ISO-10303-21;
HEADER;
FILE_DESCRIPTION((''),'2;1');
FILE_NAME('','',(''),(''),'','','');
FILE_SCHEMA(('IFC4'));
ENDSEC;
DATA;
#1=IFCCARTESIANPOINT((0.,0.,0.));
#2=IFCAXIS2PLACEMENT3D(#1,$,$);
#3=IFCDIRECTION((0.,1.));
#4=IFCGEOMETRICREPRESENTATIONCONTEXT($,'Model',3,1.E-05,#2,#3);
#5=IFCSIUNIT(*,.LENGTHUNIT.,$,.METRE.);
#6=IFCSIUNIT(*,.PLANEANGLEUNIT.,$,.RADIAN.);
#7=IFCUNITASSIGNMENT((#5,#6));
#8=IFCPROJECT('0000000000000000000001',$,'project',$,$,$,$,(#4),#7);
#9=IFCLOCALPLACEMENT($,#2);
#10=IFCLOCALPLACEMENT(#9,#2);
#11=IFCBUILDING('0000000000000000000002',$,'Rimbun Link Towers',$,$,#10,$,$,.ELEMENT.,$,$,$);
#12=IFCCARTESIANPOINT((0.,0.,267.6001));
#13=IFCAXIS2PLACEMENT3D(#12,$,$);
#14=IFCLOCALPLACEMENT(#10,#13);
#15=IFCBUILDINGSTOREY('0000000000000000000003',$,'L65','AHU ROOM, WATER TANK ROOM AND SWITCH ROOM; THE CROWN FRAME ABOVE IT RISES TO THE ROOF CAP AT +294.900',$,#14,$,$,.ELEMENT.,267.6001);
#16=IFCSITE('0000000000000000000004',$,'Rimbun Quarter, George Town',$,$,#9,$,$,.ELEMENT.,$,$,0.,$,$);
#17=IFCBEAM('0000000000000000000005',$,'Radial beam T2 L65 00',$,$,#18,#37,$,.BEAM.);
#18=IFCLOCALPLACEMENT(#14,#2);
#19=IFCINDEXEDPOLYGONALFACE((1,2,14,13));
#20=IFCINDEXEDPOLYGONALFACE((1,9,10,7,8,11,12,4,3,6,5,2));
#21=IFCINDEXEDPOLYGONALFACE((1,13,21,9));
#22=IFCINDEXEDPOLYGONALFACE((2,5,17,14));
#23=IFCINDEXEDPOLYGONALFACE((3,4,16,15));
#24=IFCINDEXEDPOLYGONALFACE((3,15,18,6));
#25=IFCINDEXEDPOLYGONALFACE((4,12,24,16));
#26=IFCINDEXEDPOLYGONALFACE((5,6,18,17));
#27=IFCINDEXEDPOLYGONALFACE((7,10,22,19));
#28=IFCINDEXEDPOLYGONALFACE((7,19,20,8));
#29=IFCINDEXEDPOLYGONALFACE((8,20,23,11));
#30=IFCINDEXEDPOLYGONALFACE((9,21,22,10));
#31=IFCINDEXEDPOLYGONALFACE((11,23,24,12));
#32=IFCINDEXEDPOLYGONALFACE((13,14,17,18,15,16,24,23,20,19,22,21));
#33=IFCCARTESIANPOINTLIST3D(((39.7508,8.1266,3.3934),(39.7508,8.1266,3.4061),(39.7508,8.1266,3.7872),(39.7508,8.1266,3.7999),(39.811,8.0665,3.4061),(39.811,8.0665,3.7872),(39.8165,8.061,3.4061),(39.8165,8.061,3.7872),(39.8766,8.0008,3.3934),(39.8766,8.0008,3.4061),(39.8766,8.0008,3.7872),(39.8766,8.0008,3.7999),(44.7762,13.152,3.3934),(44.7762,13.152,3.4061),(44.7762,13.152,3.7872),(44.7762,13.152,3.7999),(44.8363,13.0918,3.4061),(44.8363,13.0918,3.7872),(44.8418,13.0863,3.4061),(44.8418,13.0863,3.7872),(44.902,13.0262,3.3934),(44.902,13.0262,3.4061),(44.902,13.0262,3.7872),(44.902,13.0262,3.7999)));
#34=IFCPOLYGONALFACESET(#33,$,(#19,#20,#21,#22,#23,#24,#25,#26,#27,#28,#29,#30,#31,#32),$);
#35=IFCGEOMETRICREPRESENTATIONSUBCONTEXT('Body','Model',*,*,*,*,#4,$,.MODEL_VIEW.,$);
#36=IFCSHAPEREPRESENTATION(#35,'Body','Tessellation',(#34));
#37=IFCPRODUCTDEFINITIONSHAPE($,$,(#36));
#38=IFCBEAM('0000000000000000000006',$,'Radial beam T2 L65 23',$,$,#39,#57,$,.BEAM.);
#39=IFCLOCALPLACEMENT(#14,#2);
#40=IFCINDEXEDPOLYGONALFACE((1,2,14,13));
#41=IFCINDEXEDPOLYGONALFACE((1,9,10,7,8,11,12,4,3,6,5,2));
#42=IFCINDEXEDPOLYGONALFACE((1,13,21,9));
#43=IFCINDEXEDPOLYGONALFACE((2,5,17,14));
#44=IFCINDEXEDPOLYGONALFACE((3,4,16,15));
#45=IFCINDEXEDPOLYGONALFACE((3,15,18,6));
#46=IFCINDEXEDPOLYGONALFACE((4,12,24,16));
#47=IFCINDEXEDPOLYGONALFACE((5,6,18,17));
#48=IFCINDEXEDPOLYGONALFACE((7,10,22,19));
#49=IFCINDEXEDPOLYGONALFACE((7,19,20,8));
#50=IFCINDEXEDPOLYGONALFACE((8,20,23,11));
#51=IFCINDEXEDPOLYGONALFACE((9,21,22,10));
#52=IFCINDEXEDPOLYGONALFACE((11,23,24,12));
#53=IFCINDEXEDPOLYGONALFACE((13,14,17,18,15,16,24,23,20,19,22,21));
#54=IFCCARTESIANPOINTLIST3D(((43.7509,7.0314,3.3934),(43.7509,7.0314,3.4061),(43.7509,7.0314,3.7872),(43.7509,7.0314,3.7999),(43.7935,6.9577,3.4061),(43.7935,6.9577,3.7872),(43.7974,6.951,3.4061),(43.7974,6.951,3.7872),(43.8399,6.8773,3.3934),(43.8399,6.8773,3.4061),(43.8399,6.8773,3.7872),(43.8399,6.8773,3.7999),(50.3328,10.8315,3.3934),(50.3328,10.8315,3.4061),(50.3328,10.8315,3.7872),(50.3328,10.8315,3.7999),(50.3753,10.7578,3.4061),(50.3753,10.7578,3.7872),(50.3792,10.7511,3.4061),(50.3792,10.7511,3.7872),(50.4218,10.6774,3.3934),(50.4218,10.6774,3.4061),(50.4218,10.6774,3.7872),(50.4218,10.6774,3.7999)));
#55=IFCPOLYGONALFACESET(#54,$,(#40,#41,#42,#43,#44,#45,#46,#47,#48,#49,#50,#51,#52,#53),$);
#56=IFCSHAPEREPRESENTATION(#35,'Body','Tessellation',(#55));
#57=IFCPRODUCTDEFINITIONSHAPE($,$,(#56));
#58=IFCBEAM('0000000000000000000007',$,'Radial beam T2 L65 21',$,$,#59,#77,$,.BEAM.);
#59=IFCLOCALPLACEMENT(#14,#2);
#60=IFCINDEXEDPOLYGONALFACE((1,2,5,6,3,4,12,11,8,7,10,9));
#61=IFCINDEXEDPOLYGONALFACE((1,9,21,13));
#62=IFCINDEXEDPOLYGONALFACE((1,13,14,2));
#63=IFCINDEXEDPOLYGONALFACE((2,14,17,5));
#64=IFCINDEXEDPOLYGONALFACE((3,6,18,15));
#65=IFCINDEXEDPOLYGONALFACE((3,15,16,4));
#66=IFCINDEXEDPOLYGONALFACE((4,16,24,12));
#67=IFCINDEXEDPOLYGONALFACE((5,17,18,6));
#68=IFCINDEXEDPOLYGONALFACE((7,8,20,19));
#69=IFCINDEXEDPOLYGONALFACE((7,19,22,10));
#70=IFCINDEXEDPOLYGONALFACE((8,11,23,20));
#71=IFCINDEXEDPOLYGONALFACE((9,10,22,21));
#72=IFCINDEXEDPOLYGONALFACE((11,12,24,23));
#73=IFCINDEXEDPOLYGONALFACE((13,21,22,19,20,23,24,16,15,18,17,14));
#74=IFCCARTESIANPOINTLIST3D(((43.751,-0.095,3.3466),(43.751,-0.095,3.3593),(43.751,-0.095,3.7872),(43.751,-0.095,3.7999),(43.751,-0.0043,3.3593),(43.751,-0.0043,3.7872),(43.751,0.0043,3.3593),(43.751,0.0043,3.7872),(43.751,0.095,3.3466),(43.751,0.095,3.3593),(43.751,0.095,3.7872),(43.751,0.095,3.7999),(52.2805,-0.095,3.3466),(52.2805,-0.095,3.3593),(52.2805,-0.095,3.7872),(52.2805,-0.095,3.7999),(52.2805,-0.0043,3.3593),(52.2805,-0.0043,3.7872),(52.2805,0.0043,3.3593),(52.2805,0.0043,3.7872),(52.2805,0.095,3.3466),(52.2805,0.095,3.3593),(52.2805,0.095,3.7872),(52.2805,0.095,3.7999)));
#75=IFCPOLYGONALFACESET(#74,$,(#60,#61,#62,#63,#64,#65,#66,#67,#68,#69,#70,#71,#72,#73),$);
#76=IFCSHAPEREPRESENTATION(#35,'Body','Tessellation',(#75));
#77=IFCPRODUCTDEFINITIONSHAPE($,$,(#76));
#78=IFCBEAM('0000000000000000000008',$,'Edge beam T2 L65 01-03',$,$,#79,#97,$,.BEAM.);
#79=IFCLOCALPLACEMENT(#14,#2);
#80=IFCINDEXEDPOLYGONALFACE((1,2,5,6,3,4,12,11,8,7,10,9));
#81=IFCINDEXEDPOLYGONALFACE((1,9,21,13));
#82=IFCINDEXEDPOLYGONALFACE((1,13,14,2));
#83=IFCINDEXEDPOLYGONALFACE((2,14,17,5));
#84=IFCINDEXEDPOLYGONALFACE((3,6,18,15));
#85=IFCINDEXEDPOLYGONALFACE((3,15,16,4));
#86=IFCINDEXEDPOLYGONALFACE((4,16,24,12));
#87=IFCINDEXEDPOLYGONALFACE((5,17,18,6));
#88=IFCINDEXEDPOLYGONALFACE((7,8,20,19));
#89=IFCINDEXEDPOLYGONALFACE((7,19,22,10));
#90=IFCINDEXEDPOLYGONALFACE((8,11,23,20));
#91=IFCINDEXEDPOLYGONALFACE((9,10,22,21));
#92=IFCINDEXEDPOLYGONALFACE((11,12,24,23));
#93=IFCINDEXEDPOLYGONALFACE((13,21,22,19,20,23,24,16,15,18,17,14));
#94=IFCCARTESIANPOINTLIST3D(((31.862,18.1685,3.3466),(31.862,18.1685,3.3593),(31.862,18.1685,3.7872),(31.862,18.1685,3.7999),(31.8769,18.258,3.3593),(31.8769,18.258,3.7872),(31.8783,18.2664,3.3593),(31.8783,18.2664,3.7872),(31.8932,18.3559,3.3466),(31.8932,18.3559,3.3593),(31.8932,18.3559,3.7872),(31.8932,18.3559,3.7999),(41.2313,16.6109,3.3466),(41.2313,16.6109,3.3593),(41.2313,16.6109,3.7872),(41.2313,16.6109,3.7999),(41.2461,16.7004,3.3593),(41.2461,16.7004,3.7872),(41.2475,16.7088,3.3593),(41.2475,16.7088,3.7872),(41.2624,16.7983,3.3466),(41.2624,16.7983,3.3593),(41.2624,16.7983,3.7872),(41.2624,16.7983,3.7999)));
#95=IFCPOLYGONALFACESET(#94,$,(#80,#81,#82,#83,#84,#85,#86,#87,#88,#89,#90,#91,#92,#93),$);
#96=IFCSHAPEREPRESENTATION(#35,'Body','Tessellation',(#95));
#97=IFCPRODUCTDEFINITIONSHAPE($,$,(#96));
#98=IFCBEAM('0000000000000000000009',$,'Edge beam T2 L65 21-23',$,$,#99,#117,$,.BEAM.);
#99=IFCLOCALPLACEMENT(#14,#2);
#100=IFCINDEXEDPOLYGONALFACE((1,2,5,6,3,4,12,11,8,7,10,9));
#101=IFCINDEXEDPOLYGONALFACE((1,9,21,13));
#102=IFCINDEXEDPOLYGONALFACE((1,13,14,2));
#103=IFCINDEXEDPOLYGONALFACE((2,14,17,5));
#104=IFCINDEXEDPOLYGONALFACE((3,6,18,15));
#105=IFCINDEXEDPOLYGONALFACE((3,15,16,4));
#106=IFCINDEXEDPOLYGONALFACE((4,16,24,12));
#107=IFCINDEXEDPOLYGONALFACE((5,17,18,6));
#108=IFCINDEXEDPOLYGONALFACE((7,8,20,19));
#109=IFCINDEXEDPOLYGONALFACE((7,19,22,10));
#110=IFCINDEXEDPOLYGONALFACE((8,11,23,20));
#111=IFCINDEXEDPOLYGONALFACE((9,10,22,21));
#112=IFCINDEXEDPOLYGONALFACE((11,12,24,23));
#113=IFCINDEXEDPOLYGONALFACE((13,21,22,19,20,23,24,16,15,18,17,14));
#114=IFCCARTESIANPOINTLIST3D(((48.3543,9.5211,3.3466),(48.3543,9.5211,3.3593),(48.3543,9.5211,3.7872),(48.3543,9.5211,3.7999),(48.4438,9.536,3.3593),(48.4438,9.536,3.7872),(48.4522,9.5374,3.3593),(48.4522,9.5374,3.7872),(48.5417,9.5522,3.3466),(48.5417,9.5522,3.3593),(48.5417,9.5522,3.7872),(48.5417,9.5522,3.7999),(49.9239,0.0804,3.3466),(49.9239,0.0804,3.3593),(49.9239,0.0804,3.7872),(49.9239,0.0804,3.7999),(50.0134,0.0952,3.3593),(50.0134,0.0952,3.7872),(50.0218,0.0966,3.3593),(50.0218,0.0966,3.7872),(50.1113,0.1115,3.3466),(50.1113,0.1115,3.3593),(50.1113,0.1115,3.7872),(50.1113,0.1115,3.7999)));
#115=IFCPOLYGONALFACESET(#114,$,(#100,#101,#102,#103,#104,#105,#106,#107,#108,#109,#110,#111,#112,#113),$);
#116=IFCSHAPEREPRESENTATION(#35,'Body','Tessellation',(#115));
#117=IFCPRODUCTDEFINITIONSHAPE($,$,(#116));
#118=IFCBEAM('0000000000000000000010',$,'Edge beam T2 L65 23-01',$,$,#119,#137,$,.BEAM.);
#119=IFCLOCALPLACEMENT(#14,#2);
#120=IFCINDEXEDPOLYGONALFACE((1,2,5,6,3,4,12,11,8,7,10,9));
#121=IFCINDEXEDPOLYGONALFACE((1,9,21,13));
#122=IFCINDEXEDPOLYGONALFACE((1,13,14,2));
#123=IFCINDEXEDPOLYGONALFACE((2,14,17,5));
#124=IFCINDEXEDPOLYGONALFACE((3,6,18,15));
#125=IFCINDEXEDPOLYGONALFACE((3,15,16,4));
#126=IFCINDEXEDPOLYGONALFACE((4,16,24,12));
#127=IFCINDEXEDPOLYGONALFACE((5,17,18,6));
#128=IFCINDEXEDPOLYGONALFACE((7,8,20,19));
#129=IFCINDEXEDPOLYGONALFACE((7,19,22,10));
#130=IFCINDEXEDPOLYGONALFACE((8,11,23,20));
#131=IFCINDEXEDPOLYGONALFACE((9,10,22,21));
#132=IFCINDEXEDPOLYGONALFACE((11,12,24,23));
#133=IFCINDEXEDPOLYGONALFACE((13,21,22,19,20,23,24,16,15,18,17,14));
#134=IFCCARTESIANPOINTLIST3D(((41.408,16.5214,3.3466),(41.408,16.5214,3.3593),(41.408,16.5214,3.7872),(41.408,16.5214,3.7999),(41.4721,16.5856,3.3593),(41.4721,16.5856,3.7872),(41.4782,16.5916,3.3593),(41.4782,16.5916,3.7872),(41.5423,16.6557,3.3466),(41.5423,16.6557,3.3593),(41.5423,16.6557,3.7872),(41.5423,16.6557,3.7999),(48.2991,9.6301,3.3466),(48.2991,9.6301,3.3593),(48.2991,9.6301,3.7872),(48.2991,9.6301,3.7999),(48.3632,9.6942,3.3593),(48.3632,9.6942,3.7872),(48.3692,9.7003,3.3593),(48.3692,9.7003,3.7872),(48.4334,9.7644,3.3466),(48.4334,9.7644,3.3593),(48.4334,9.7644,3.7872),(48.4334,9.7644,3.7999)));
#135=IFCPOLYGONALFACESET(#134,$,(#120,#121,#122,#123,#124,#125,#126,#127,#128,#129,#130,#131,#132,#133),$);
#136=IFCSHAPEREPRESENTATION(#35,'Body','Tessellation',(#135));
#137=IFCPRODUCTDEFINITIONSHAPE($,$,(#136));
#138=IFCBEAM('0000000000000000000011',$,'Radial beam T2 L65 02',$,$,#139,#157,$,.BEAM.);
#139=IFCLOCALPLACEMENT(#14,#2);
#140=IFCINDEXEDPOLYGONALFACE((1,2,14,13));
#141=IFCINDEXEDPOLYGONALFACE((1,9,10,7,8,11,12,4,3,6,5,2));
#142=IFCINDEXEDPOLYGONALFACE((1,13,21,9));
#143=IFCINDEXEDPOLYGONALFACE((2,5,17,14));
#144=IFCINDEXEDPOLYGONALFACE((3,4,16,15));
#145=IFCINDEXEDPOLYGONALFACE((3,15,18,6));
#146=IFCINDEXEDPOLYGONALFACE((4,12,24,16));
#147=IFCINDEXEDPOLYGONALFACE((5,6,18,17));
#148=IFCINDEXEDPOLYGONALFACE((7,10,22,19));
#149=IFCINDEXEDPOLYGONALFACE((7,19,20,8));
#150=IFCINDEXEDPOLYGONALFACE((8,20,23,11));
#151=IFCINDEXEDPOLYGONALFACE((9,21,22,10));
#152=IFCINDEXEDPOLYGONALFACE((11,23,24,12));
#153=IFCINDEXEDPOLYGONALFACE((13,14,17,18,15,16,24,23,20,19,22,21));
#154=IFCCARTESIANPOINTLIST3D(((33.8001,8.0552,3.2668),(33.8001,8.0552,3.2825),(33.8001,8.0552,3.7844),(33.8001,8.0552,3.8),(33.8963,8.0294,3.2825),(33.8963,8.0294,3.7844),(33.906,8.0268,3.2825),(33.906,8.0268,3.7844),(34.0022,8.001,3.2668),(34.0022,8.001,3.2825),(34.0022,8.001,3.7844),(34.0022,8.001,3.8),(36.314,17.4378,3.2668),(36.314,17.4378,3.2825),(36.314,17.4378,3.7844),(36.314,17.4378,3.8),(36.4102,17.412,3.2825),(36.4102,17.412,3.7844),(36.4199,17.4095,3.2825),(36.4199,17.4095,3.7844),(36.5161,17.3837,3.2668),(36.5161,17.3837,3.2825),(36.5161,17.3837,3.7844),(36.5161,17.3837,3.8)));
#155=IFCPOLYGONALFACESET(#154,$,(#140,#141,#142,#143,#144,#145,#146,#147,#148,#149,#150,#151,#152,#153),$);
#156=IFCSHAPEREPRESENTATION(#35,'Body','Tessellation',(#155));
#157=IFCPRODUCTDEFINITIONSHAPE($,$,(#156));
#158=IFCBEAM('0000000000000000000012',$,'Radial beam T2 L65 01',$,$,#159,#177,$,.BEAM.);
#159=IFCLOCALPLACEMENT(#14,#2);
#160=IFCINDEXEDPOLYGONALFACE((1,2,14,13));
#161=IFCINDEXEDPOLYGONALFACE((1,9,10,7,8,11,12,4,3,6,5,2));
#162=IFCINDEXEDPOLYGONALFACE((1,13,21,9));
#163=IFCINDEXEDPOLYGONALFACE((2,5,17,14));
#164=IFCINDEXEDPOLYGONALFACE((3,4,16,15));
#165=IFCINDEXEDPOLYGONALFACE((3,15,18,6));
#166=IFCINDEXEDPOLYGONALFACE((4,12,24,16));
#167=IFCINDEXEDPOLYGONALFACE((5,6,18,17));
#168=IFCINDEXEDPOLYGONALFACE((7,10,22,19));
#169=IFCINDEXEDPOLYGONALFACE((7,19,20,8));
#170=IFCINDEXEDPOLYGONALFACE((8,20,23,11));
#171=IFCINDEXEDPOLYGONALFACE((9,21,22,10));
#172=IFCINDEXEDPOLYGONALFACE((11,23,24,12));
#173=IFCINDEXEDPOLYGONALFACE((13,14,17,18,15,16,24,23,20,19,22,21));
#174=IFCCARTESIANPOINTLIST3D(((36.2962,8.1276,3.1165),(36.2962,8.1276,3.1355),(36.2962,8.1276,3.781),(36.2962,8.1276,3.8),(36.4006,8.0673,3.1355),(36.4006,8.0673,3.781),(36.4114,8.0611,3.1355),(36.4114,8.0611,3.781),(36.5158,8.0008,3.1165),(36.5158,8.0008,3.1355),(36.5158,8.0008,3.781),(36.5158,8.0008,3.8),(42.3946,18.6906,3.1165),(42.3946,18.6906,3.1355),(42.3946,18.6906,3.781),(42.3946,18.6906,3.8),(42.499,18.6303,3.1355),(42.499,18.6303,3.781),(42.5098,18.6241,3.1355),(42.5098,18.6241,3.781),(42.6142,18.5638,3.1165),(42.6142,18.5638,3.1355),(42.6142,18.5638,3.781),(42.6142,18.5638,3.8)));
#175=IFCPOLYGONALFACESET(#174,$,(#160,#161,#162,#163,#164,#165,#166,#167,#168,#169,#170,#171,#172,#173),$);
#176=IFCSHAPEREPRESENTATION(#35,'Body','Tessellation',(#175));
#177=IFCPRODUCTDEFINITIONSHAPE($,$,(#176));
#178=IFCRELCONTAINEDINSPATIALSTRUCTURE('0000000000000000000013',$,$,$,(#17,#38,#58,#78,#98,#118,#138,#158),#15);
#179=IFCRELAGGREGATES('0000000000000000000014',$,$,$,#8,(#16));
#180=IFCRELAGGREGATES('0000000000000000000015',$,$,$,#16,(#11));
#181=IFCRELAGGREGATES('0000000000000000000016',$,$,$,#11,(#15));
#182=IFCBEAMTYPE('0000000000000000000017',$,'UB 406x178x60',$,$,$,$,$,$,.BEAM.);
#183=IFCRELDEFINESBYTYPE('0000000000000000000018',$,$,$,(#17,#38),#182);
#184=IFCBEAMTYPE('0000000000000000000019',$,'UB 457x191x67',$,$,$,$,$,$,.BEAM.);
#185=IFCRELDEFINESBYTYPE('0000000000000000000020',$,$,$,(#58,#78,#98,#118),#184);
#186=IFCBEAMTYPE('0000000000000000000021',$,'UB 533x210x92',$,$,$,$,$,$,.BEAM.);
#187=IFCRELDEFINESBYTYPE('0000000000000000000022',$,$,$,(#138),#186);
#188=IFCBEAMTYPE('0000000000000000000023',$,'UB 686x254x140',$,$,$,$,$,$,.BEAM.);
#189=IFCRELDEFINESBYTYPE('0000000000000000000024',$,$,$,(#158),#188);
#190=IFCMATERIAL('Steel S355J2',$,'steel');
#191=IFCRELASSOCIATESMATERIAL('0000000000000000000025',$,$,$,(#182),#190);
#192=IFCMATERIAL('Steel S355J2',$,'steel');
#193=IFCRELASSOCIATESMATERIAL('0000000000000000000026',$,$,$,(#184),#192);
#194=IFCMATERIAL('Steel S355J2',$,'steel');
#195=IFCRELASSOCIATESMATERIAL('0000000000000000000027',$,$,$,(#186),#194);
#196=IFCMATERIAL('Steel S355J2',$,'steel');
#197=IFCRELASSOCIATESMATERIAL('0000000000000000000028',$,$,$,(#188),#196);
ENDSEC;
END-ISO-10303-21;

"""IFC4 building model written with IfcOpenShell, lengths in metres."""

from ifc_helpers import new_model, si_unit, direction, frame, origin, origin_2d, place, context, subcontext, project, spatial, i_section, extrude, material, material_profile, profile_set, type_object, element, save


model = new_model("IFC4")

# Units and contexts
model_context = context("Model", 3, precision=1e-05, world=origin(), true_north=direction((0.0, 1.0)))
body_context = subcontext(model_context, "Body", "Model", "MODEL_VIEW")
ifc_project = project(units=[si_unit("LENGTHUNIT", "METRE"), si_unit("PLANEANGLEUNIT", "RADIAN")], contexts=[model_context])

# Site, building, storey
site_placement = place(None, origin())
site = spatial("IfcSite", under=ifc_project, at=site_placement, Name="Rimbun Quarter, George Town", CompositionType="ELEMENT", RefElevation=0.0)
building_placement = place(site_placement, origin())
building = spatial("IfcBuilding", under=site, at=building_placement, Name="Rimbun Link Towers", CompositionType="ELEMENT")
storey_placement = place(building_placement, frame((0.0, 0.0, 267.6001)))
storey = spatial("IfcBuildingStorey", under=building, at=storey_placement, Name="L65", Description="AHU ROOM, WATER TANK ROOM AND SWITCH ROOM; THE CROWN FRAME ABOVE IT RISES TO THE ROOF CAP AT +294.900", CompositionType="ELEMENT", Elevation=267.6001)

# Beams
ifc_material_1 = material(Name="Steel S355J2", Category="steel")
ifc_material_profile_1 = material_profile(ifc_material_1, i_section(OverallWidth=0.178, OverallDepth=0.4065, WebThickness=0.0078, FlangeThickness=0.0127, at=origin_2d()), Name="UB 406x178x60")
ifc_profile_set_1 = profile_set([ifc_material_profile_1], Name="Steel S355J2")
beam_type_1 = type_object("IfcBeamType", Name="UB 406x178x60", PredefinedType="BEAM", material=ifc_profile_set_1)
beam_1_placement = place(storey_placement, frame((39.8137, 8.0637, 3.5967), z_axis=(0.707107, 0.707107, 0.0), x_axis=(-0.707107, 0.707107, 0.0)))
element("IfcBeam", 1, at=beam_1_placement, inside=storey, type_object=beam_type_1, Name="Radial beam T2 L65 00", PredefinedType="BEAM", context=body_context, shape_type="SweptSolid", body=[
    extrude(i_section(OverallWidth=0.178, OverallDepth=0.4065, WebThickness=0.0078, FlangeThickness=0.0127, at=origin_2d()), origin(), (0.0, 0.0, 1.0), 7.1069),
])
beam_2_placement = place(storey_placement, frame((43.7954, 6.9543, 3.5967), z_axis=(0.866022, 0.500005, 0.0), x_axis=(-0.500005, 0.866022, 0.0)))
element("IfcBeam", 2, at=beam_2_placement, inside=storey, type_object=beam_type_1, Name="Radial beam T2 L65 23", PredefinedType="BEAM", context=body_context, shape_type="SweptSolid", body=[
    extrude(i_section(OverallWidth=0.178, OverallDepth=0.4065, WebThickness=0.0078, FlangeThickness=0.0127, at=origin_2d()), origin(), (0.0, 0.0, 1.0), 7.6001),
])
ifc_material_2 = material(Name="Steel S355J2", Category="steel")
ifc_material_profile_2 = material_profile(ifc_material_2, i_section(OverallWidth=0.1899, OverallDepth=0.4534, WebThickness=0.0085, FlangeThickness=0.0127, at=origin_2d()), Name="UB 457x191x67")
ifc_profile_set_2 = profile_set([ifc_material_profile_2], Name="Steel S355J2")
beam_type_2 = type_object("IfcBeamType", Name="UB 457x191x67", PredefinedType="BEAM", material=ifc_profile_set_2)
beam_3_placement = place(storey_placement, frame((43.751, 0.0, 3.5732), z_axis=(1.0, 0.0, 0.0), x_axis=(0.0, 1.0, 0.0)))
element("IfcBeam", 3, at=beam_3_placement, inside=storey, type_object=beam_type_2, Name="Radial beam T2 L65 21", PredefinedType="BEAM", context=body_context, shape_type="SweptSolid", body=[
    extrude(i_section(OverallWidth=0.1899, OverallDepth=0.4534, WebThickness=0.0085, FlangeThickness=0.0127, at=origin_2d()), origin(), (0.0, 0.0, 1.0), 8.5295),
])
beam_4_placement = place(storey_placement, frame((41.2468, 16.7046, 3.5732), z_axis=(-0.986461, 0.163999, 0.0), x_axis=(-0.163999, -0.986461, 0.0)))
element("IfcBeam", 4, at=beam_4_placement, inside=storey, type_object=beam_type_2, Name="Edge beam T2 L65 01-03", PredefinedType="BEAM", context=body_context, shape_type="SweptSolid", body=[
    extrude(i_section(OverallWidth=0.1899, OverallDepth=0.4534, WebThickness=0.0085, FlangeThickness=0.0127, at=origin_2d()), origin(), (0.0, 0.0, 1.0), 9.4978),
])
beam_5_placement = place(storey_placement, frame((50.0176, 0.0959, 3.5732), z_axis=(-0.164006, 0.986459, 0.0), x_axis=(-0.986459, -0.164006, 0.0)))
element("IfcBeam", 5, at=beam_5_placement, inside=storey, type_object=beam_type_2, Name="Edge beam T2 L65 21-23", PredefinedType="BEAM", context=body_context, shape_type="SweptSolid", body=[
    extrude(i_section(OverallWidth=0.1899, OverallDepth=0.4534, WebThickness=0.0085, FlangeThickness=0.0127, at=origin_2d()), origin(), (0.0, 0.0, 1.0), 9.5703),
])
beam_6_placement = place(storey_placement, frame((48.3662, 9.6973, 3.5732), z_axis=(-0.707094, 0.707119, 0.0), x_axis=(-0.707119, -0.707094, 0.0)))
element("IfcBeam", 6, at=beam_6_placement, inside=storey, type_object=beam_type_2, Name="Edge beam T2 L65 23-01", PredefinedType="BEAM", context=body_context, shape_type="SweptSolid", body=[
    extrude(i_section(OverallWidth=0.1899, OverallDepth=0.4534, WebThickness=0.0085, FlangeThickness=0.0127, at=origin_2d()), origin(), (0.0, 0.0, 1.0), 9.7456),
])
ifc_material_3 = material(Name="Steel S355J2", Category="steel")
ifc_material_profile_3 = material_profile(ifc_material_3, i_section(OverallWidth=0.2092, OverallDepth=0.5332, WebThickness=0.01, FlangeThickness=0.0156, at=origin_2d()), Name="UB 533x210x92")
ifc_profile_set_3 = profile_set([ifc_material_profile_3], Name="Steel S355J2")
beam_type_3 = type_object("IfcBeamType", Name="UB 533x210x92", PredefinedType="BEAM", material=ifc_profile_set_3)
beam_7_placement = place(storey_placement, frame((33.9011, 8.0281, 3.5334), z_axis=(0.258806, 0.965929, 0.0), x_axis=(-0.965929, 0.258806, 0.0)))
element("IfcBeam", 7, at=beam_7_placement, inside=storey, type_object=beam_type_3, Name="Radial beam T2 L65 02", PredefinedType="BEAM", context=body_context, shape_type="SweptSolid", body=[
    extrude(i_section(OverallWidth=0.2092, OverallDepth=0.5332, WebThickness=0.01, FlangeThickness=0.0156, at=origin_2d()), origin(), (0.0, 0.0, 1.0), 9.7136),
])
ifc_material_4 = material(Name="Steel S355J2", Category="steel")
ifc_material_profile_4 = material_profile(ifc_material_4, i_section(OverallWidth=0.2537, OverallDepth=0.6836, WebThickness=0.0125, FlangeThickness=0.019, at=origin_2d()), Name="UB 686x254x140")
ifc_profile_set_4 = profile_set([ifc_material_profile_4], Name="Steel S355J2")
beam_type_4 = type_object("IfcBeamType", Name="UB 686x254x140", PredefinedType="BEAM", material=ifc_profile_set_4)
beam_8_placement = place(storey_placement, frame((36.406, 8.0642, 3.4583), z_axis=(0.49999, 0.866031, 0.0), x_axis=(-0.866031, 0.49999, 0.0)))
element("IfcBeam", 8, at=beam_8_placement, inside=storey, type_object=beam_type_4, Name="Radial beam T2 L65 01", PredefinedType="BEAM", context=body_context, shape_type="SweptSolid", body=[
    extrude(i_section(OverallWidth=0.2537, OverallDepth=0.6836, WebThickness=0.0125, FlangeThickness=0.019, at=origin_2d()), origin(), (0.0, 0.0, 1.0), 12.197),
])

save(model, "model.ifc")
